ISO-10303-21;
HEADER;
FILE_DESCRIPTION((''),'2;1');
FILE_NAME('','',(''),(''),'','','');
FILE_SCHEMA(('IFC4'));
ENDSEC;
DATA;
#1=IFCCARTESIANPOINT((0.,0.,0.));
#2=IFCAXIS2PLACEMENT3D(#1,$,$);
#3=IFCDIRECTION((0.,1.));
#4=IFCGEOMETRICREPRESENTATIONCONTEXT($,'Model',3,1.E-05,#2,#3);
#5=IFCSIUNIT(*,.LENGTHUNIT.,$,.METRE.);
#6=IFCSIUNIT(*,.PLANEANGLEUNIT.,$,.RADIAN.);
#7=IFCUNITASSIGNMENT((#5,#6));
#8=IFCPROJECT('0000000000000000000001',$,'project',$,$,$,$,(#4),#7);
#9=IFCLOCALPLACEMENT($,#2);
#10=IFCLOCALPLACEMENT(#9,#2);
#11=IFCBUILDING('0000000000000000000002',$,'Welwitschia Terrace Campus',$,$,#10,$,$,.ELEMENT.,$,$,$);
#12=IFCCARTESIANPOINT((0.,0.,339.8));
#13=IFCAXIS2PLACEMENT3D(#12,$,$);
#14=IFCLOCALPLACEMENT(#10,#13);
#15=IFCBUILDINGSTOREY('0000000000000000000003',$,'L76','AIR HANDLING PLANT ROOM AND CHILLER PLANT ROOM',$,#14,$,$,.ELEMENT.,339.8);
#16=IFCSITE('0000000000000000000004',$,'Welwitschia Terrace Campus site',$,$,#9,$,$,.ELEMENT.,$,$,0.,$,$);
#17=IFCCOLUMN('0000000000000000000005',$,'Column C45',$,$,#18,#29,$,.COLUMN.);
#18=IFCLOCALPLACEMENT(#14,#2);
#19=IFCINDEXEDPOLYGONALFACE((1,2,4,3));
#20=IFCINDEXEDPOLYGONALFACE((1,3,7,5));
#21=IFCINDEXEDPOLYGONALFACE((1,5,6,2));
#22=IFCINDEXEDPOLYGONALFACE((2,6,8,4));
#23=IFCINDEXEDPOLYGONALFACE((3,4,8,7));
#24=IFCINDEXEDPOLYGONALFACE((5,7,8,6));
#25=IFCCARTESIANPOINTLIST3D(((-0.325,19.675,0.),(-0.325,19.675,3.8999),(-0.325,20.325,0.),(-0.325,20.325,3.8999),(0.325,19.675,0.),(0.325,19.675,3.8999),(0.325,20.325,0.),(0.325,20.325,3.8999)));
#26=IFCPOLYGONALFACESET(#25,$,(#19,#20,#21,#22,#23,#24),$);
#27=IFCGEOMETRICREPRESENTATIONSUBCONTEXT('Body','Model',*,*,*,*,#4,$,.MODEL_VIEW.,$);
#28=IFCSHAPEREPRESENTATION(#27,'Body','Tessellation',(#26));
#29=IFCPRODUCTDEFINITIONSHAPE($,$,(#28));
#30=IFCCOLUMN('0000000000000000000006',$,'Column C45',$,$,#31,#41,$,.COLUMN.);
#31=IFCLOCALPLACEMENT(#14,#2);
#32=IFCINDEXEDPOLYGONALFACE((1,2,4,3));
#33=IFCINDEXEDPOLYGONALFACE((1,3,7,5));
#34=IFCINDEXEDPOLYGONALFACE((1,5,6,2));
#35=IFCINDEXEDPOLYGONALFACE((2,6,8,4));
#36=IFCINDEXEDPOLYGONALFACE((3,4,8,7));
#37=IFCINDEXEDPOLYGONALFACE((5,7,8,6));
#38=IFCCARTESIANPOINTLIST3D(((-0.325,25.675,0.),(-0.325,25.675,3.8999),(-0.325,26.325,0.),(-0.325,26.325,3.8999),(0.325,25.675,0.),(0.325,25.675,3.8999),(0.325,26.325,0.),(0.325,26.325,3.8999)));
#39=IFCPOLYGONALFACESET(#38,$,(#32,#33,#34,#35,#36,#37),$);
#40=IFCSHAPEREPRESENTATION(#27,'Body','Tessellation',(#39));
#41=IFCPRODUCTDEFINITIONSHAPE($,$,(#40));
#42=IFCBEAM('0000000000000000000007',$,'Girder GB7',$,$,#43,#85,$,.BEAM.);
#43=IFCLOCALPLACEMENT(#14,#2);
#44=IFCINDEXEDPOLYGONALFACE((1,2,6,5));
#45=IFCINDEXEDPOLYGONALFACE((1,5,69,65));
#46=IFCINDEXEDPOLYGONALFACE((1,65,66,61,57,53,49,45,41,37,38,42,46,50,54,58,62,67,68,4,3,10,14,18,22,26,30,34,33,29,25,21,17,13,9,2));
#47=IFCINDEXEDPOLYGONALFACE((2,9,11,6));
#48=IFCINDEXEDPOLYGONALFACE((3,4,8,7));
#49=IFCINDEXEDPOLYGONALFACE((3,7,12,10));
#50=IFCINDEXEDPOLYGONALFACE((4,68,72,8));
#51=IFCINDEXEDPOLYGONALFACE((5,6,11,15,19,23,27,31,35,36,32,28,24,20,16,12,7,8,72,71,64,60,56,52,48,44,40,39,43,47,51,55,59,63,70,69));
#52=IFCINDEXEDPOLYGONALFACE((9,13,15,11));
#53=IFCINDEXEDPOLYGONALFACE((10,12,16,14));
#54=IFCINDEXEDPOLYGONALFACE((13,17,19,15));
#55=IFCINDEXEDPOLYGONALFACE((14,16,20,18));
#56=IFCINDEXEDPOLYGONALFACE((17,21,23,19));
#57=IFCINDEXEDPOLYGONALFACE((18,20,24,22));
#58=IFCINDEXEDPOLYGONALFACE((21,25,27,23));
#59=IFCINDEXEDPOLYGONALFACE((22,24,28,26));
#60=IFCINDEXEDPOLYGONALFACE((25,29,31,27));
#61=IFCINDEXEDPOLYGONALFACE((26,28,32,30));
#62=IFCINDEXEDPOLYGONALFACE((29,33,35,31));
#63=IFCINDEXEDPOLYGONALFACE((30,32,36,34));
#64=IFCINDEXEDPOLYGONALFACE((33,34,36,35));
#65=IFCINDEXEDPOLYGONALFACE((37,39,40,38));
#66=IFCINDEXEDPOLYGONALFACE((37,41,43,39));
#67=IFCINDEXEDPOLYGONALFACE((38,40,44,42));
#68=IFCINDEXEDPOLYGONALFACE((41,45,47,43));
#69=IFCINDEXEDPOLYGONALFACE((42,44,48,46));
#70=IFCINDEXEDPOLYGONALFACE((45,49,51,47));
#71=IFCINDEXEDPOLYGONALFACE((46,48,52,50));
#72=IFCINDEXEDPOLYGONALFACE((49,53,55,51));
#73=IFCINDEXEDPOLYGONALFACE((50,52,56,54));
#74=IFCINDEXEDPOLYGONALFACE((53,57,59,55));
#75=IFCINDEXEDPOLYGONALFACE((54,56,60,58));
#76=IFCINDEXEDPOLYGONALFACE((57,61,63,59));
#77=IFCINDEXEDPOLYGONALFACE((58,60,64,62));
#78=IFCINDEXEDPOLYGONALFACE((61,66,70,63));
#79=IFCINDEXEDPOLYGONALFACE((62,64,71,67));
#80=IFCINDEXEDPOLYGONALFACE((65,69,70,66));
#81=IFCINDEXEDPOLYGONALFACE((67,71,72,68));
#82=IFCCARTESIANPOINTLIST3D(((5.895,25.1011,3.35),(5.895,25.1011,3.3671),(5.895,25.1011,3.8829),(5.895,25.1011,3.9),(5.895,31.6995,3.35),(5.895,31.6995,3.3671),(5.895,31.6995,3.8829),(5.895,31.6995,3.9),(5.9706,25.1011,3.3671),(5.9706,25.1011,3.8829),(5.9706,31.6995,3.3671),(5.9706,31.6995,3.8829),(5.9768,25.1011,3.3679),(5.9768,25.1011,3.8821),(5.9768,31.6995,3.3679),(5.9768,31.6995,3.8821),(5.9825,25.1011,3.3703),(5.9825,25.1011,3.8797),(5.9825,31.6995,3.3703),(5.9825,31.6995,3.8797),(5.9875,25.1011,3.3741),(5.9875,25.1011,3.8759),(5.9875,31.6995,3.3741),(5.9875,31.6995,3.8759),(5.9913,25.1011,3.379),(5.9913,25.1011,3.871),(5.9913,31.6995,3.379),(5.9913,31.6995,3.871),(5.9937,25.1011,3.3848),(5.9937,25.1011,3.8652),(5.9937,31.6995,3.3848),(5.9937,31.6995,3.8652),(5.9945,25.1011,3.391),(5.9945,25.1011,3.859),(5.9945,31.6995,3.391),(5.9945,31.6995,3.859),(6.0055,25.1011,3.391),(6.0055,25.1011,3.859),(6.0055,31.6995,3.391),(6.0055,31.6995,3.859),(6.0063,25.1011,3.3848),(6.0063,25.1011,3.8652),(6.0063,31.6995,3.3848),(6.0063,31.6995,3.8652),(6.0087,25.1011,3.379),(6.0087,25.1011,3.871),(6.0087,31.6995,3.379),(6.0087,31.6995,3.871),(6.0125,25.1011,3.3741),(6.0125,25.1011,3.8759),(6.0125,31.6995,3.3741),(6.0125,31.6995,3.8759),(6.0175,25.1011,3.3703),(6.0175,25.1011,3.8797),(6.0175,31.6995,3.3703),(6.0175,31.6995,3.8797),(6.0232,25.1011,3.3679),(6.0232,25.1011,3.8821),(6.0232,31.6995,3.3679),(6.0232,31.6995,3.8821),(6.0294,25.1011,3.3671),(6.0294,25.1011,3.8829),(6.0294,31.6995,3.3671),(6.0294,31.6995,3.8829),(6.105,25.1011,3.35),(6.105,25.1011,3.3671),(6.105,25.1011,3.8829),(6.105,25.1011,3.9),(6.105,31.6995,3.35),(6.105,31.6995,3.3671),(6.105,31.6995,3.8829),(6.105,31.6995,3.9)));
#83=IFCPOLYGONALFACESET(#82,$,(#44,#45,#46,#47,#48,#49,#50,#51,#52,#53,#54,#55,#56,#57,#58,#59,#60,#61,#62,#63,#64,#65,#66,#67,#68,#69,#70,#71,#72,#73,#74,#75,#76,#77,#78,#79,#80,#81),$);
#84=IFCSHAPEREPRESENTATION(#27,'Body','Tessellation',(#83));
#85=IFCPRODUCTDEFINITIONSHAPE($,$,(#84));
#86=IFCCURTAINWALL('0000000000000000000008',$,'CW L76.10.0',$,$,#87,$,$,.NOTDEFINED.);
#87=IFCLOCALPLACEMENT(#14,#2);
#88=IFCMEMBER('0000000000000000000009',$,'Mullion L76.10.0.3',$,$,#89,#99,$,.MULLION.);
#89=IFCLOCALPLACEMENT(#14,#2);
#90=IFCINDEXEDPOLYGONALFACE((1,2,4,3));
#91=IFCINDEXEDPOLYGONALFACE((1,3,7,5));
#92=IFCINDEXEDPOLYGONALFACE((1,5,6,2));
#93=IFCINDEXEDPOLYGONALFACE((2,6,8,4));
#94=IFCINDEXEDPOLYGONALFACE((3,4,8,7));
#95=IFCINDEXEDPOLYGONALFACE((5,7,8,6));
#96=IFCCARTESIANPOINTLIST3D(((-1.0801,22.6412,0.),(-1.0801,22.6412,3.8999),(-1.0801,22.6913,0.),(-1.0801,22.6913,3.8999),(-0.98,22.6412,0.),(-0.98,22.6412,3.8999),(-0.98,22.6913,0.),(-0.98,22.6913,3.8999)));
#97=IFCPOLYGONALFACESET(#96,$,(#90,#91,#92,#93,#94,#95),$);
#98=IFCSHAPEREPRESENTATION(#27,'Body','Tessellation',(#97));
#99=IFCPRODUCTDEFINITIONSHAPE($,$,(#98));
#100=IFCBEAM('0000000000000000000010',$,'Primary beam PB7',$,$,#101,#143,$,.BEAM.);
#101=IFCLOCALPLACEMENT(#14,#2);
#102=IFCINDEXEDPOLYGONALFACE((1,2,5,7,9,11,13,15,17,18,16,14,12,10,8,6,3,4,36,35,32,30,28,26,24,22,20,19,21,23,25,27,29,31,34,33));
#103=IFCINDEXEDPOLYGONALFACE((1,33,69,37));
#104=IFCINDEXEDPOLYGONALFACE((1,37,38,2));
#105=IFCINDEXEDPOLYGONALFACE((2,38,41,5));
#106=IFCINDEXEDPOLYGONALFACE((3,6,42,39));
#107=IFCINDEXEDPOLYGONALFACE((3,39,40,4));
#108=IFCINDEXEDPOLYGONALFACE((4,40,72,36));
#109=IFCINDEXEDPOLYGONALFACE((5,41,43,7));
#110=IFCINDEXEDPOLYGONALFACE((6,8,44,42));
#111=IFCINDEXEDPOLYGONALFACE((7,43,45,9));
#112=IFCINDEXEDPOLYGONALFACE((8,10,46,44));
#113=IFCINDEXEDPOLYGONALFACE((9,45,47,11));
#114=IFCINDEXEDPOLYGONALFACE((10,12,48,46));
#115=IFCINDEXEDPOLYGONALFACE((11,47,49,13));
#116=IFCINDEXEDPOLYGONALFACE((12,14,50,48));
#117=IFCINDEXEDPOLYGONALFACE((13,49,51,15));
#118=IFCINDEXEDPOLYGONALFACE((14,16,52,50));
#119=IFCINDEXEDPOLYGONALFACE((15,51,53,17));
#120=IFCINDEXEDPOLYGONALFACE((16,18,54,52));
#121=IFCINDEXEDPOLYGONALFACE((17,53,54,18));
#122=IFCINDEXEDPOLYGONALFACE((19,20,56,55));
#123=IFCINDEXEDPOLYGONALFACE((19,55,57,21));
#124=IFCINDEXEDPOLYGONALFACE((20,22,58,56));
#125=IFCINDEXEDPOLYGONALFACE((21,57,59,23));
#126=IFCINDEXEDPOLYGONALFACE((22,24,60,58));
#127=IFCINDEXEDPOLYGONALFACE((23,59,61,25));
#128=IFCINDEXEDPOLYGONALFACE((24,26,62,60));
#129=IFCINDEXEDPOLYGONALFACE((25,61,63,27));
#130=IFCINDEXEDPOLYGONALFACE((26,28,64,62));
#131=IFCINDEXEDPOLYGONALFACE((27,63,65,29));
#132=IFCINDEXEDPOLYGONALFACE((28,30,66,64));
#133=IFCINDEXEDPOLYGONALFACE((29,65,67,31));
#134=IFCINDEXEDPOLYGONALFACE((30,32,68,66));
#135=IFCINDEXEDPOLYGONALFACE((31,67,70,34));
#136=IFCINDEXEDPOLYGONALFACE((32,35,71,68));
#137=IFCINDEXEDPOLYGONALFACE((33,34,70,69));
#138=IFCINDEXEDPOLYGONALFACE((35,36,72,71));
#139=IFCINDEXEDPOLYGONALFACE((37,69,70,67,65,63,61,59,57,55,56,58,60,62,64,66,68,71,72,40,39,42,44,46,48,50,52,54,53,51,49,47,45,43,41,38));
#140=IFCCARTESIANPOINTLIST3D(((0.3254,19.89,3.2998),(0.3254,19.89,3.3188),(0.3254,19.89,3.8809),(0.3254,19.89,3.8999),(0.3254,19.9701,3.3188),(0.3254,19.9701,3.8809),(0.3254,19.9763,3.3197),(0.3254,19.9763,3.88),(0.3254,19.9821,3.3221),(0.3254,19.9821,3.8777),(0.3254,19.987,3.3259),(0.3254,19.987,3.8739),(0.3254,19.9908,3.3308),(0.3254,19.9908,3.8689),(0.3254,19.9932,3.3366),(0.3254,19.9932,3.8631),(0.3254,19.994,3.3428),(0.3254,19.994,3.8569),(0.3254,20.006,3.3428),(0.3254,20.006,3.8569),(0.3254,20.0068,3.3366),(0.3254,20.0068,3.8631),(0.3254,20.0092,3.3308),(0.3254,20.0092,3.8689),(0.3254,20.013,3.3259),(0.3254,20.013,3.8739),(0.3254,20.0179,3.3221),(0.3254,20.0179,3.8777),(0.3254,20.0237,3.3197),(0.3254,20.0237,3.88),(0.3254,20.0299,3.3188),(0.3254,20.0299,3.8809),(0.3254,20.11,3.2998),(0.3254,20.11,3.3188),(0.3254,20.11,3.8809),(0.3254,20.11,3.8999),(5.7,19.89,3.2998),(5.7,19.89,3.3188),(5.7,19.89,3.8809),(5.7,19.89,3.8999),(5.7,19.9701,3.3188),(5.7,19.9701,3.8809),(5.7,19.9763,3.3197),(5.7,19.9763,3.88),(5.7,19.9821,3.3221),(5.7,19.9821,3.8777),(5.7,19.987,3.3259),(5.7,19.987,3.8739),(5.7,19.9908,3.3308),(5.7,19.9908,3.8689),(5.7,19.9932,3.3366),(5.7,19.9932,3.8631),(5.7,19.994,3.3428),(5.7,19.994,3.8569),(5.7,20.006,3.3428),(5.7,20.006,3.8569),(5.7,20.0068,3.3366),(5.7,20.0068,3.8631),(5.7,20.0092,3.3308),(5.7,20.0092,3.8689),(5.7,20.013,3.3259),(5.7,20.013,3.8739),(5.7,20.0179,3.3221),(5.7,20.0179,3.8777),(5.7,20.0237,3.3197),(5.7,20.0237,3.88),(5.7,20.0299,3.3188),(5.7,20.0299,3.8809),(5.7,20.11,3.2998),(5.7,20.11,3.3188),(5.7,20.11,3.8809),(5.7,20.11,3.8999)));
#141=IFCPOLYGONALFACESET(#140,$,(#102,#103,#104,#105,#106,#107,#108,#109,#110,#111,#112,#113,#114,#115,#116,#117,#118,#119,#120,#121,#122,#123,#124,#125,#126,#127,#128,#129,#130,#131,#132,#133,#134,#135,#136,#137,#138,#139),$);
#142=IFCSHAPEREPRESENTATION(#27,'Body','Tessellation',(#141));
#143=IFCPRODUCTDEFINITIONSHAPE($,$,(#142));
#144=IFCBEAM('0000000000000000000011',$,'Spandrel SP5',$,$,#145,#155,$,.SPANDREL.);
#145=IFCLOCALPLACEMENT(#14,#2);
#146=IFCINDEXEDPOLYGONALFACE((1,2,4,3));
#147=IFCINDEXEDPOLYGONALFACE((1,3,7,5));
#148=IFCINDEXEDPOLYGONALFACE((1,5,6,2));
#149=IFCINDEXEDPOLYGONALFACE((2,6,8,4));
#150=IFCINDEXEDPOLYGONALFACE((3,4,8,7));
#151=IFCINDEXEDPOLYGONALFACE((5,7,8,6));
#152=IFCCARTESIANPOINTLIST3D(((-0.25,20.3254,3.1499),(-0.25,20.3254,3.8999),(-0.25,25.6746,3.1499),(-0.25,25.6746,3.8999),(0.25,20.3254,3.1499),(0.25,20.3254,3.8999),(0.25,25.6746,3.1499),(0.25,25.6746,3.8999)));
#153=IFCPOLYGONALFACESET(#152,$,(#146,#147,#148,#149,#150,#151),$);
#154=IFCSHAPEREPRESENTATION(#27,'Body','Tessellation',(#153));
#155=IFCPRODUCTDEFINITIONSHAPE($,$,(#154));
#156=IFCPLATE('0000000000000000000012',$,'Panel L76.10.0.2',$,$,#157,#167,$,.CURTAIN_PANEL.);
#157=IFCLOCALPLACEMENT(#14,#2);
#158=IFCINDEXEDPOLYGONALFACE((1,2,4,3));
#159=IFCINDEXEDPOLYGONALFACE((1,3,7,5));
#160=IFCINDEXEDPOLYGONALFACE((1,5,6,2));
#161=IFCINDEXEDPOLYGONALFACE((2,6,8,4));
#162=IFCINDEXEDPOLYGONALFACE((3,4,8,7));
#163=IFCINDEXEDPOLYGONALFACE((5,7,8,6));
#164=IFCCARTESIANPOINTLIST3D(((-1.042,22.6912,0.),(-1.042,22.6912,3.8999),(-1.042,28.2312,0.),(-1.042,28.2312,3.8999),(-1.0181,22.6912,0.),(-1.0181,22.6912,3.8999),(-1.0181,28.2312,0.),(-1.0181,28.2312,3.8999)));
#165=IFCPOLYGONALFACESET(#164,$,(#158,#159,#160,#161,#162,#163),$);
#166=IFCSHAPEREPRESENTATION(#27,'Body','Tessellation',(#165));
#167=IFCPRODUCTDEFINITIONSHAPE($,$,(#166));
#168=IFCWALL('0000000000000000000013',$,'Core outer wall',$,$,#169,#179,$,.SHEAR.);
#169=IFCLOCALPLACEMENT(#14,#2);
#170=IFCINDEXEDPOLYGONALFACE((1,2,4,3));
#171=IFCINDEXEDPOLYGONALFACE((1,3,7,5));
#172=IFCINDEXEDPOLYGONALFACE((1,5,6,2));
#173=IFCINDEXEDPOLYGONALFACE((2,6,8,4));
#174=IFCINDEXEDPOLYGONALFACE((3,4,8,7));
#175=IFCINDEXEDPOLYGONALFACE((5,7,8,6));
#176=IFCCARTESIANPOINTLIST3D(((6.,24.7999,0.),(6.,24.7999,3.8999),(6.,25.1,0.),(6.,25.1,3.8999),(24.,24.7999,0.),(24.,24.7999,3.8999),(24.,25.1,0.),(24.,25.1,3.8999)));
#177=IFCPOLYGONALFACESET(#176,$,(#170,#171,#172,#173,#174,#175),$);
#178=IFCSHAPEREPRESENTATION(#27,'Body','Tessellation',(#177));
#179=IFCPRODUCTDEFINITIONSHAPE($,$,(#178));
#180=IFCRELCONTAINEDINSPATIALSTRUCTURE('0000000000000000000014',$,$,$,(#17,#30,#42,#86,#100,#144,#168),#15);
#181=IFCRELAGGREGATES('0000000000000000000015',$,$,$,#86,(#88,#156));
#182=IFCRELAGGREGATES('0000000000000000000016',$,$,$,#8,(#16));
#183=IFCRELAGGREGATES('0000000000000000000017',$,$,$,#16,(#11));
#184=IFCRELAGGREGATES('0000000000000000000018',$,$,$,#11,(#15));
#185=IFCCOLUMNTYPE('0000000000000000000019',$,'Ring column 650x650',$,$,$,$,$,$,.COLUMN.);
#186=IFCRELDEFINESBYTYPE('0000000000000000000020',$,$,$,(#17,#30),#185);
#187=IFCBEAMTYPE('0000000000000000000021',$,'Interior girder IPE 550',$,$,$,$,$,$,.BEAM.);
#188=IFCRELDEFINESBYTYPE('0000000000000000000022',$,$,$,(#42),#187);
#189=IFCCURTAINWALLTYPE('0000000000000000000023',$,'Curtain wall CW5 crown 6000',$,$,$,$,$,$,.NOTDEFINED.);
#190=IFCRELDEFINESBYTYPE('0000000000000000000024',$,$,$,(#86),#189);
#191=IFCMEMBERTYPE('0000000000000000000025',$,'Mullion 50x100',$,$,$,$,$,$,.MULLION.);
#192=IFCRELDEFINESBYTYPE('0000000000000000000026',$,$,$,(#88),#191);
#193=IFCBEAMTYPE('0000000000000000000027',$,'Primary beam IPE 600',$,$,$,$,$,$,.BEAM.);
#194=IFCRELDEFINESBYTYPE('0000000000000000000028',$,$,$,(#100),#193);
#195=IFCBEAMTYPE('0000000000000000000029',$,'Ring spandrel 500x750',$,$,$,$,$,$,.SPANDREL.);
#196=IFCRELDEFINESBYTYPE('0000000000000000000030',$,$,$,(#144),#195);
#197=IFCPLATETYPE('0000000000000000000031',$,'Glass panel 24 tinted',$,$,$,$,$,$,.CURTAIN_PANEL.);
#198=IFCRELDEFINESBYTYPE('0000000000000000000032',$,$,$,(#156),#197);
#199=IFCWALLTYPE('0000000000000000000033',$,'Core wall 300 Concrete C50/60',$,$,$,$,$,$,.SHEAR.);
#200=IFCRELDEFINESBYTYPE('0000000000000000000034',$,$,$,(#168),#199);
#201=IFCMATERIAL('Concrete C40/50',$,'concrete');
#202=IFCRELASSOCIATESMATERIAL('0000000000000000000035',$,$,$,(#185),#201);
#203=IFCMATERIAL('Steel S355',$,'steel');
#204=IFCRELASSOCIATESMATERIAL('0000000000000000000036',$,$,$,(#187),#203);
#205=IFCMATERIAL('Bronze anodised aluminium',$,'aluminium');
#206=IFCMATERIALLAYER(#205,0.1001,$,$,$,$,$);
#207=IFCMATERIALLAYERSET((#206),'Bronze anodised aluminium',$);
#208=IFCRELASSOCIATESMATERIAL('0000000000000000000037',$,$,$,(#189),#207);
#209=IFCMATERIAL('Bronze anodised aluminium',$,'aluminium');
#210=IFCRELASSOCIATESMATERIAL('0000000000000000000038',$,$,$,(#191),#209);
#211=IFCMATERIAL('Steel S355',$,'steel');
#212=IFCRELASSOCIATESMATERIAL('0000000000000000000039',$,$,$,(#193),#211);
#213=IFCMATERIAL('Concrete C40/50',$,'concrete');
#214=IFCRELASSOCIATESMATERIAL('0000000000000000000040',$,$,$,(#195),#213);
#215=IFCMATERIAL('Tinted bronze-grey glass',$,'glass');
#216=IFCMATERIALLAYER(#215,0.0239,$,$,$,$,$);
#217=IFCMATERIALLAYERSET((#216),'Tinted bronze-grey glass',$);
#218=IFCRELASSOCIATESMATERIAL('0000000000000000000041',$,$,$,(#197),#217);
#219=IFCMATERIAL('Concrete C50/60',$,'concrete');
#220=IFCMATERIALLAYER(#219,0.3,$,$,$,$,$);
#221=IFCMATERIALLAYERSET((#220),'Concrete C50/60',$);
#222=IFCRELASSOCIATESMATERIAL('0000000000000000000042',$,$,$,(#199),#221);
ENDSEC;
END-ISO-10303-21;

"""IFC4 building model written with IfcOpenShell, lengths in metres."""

from ifc_helpers import new_model, si_unit, direction, frame, frame_2d, origin, origin_2d, place, context, subcontext, project, spatial, rectangle, i_section, extrude, material, layer, layer_set, material_profile, profile_set, type_object, element, aggregate, save


model = new_model("IFC4")

# Units and contexts
model_context = context("Model", 3, precision=1e-05, world=origin(), true_north=direction((0.0, 1.0)))
body_context = subcontext(model_context, "Body", "Model", "MODEL_VIEW")
ifc_project = project(units=[si_unit("LENGTHUNIT", "METRE"), si_unit("PLANEANGLEUNIT", "RADIAN")], contexts=[model_context])

# Site, building, storey
site_placement = place(None, origin())
site = spatial("IfcSite", under=ifc_project, at=site_placement, Name="Welwitschia Terrace Campus site", CompositionType="ELEMENT", RefElevation=0.0)
building_placement = place(site_placement, origin())
building = spatial("IfcBuilding", under=site, at=building_placement, Name="Welwitschia Terrace Campus", CompositionType="ELEMENT")
storey_placement = place(building_placement, frame((0.0, 0.0, 339.8)))
storey = spatial("IfcBuildingStorey", under=building, at=storey_placement, Name="L76", Description="AIR HANDLING PLANT ROOM AND CHILLER PLANT ROOM", CompositionType="ELEMENT", Elevation=339.8)

# Columns
ifc_material_1 = material(Name="Concrete C40/50", Category="concrete")
ifc_material_profile_1 = material_profile(ifc_material_1, rectangle(XDim=0.6499, YDim=0.6499, at=origin_2d()))
ifc_profile_set_1 = profile_set([ifc_material_profile_1], Name="Concrete C40/50")
column_type = type_object("IfcColumnType", Name="Ring column 650x650", PredefinedType="COLUMN", material=ifc_profile_set_1)
for number, where, z_axis, x_axis, name in (
    (1, (0.0, 20.0, 0.0), (0.0, 0.0, 1.0), (1.0, 0.0, 0.0), "Column C45"),
    (2, (0.0, 26.0, 0.0), (0.0, 0.0, 1.0), (1.0, 0.0, 0.0), "Column C45"),
):
    element("IfcColumn", number, at=place(storey_placement, frame(where, z_axis=z_axis, x_axis=x_axis)), inside=storey, type_object=column_type, Name=name, PredefinedType="COLUMN", context=body_context, shape_type="SweptSolid", body=[
        extrude(rectangle(XDim=0.6499, YDim=0.6499, at=origin_2d()), origin(), (0.0, 0.0, 1.0), 3.8999),
    ])

# Beam
ifc_material_2 = material(Name="Steel S355", Category="steel")
ifc_material_profile_2 = material_profile(ifc_material_2, i_section(OverallWidth=0.21, OverallDepth=0.55, WebThickness=0.011, FlangeThickness=0.0171, FilletRadius=0.0239, at=origin_2d()))
ifc_profile_set_2 = profile_set([ifc_material_profile_2], Name="Steel S355")
beam_type_1 = type_object("IfcBeamType", Name="Interior girder IPE 550", PredefinedType="BEAM", material=ifc_profile_set_2)
beam_1_placement = place(storey_placement, frame((6.0, 25.1011, 3.625), z_axis=(0.0, 1.0, 0.0), x_axis=(-1.0, 0.0, 0.0)))
element("IfcBeam", 3, at=beam_1_placement, inside=storey, type_object=beam_type_1, Name="Girder GB7", PredefinedType="BEAM", context=body_context, shape_type="SweptSolid", body=[
    extrude(i_section(OverallWidth=0.21, OverallDepth=0.55, WebThickness=0.011, FlangeThickness=0.0171, FilletRadius=0.0239, at=origin_2d()), origin(), (0.0, 0.0, 1.0), 6.5984),
])

# Curtain wall, member
ifc_material_3 = material(Name="Bronze anodised aluminium", Category="aluminium")
ifc_layer_1 = layer(ifc_material_3, 0.1001)
ifc_layer_set_1 = layer_set([ifc_layer_1], Name="Bronze anodised aluminium")
curtain_wall_type = type_object("IfcCurtainWallType", Name="Curtain wall CW5 crown 6000", PredefinedType="NOTDEFINED", material=ifc_layer_set_1)
curtain_wall_placement = place(storey_placement, origin())
curtain_wall = element("IfcCurtainWall", 4, at=curtain_wall_placement, inside=storey, type_object=curtain_wall_type, Name="CW L76.10.0", PredefinedType="NOTDEFINED")
ifc_material_4 = material(Name="Bronze anodised aluminium", Category="aluminium")
ifc_material_profile_3 = material_profile(ifc_material_4, rectangle(XDim=0.1001, YDim=0.05, at=origin_2d()))
ifc_profile_set_3 = profile_set([ifc_material_profile_3], Name="Bronze anodised aluminium")
member_type = type_object("IfcMemberType", Name="Mullion 50x100", PredefinedType="MULLION", material=ifc_profile_set_3)
member_placement = place(storey_placement, frame((-1.03, 22.6663, 0.0), z_axis=(0.0, 0.0, 1.0), x_axis=(1.0, 0.0, 0.0)))
member = element("IfcMember", 5, at=member_placement, type_object=member_type, Name="Mullion L76.10.0.3", PredefinedType="MULLION", context=body_context, shape_type="SweptSolid", body=[
    extrude(rectangle(XDim=0.1001, YDim=0.05, at=origin_2d()), origin(), (0.0, 0.0, 1.0), 3.8999),
])

# Beams
ifc_material_5 = material(Name="Steel S355", Category="steel")
ifc_material_profile_4 = material_profile(ifc_material_5, i_section(OverallWidth=0.22, OverallDepth=0.6001, WebThickness=0.012, FlangeThickness=0.019, FilletRadius=0.0239, at=origin_2d()))
ifc_profile_set_4 = profile_set([ifc_material_profile_4], Name="Steel S355")
beam_type_2 = type_object("IfcBeamType", Name="Primary beam IPE 600", PredefinedType="BEAM", material=ifc_profile_set_4)
beam_2_placement = place(storey_placement, frame((0.3254, 20.0, 3.5999), z_axis=(1.0, 0.0, 0.0), x_axis=(0.0, 1.0, 0.0)))
element("IfcBeam", 6, at=beam_2_placement, inside=storey, type_object=beam_type_2, Name="Primary beam PB7", PredefinedType="BEAM", context=body_context, shape_type="SweptSolid", body=[
    extrude(i_section(OverallWidth=0.22, OverallDepth=0.6001, WebThickness=0.012, FlangeThickness=0.019, FilletRadius=0.0239, at=origin_2d()), origin(), (0.0, 0.0, 1.0), 5.3745),
])
ifc_material_6 = material(Name="Concrete C40/50", Category="concrete")
ifc_material_profile_5 = material_profile(ifc_material_6, rectangle(XDim=0.5, YDim=0.75, at=origin_2d()))
ifc_profile_set_5 = profile_set([ifc_material_profile_5], Name="Concrete C40/50")
beam_type_3 = type_object("IfcBeamType", Name="Ring spandrel 500x750", PredefinedType="SPANDREL", material=ifc_profile_set_5)
beam_3_placement = place(storey_placement, frame((0.0, 25.6746, 3.5249), z_axis=(0.0, -1.0, 0.0), x_axis=(1.0, 0.0, 0.0)))
element("IfcBeam", 7, at=beam_3_placement, inside=storey, type_object=beam_type_3, Name="Spandrel SP5", PredefinedType="SPANDREL", context=body_context, shape_type="SweptSolid", body=[
    extrude(rectangle(XDim=0.5, YDim=0.75, at=origin_2d()), origin(), (0.0, 0.0, 1.0), 5.3491),
])

# Plate
ifc_material_7 = material(Name="Tinted bronze-grey glass", Category="glass")
ifc_layer_2 = layer(ifc_material_7, 0.0239)
ifc_layer_set_2 = layer_set([ifc_layer_2], Name="Tinted bronze-grey glass")
plate_type = type_object("IfcPlateType", Name="Glass panel 24 tinted", PredefinedType="CURTAIN_PANEL", material=ifc_layer_set_2)
plate_placement = place(storey_placement, frame((-1.03, 25.4612, 0.0), z_axis=(0.0, 0.0, 1.0), x_axis=(0.0, -1.0, 0.0)))
plate = element("IfcPlate", 8, at=plate_placement, type_object=plate_type, Name="Panel L76.10.0.2", PredefinedType="CURTAIN_PANEL", context=body_context, shape_type="SweptSolid", body=[
    extrude(rectangle(XDim=5.54, YDim=0.0239, at=origin_2d()), origin(), (0.0, 0.0, 1.0), 3.8999),
])
aggregate(curtain_wall, [member, plate])

# Wall
ifc_material_8 = material(Name="Concrete C50/60", Category="concrete")
ifc_layer_3 = layer(ifc_material_8, 0.3)
ifc_layer_set_3 = layer_set([ifc_layer_3], Name="Concrete C50/60")
wall_type_1 = type_object("IfcWallType", Name="Core wall 300 Concrete C50/60", PredefinedType="SHEAR", material=ifc_layer_set_3)
wall_1_placement = place(storey_placement, frame((6.0, 24.95, 0.0), z_axis=(0.0, 0.0, 1.0), x_axis=(1.0, 0.0, 0.0)))
element("IfcWall", 9, at=wall_1_placement, inside=storey, type_object=wall_type_1, Name="Core outer wall", PredefinedType="SHEAR", context=body_context, shape_type="SweptSolid", body=[
    extrude(rectangle(XDim=18.0, YDim=0.3, at=frame_2d((9.0, 0.0))), origin(), (0.0, 0.0, 1.0), 3.8999),
])

save(model, "model.ifc")
